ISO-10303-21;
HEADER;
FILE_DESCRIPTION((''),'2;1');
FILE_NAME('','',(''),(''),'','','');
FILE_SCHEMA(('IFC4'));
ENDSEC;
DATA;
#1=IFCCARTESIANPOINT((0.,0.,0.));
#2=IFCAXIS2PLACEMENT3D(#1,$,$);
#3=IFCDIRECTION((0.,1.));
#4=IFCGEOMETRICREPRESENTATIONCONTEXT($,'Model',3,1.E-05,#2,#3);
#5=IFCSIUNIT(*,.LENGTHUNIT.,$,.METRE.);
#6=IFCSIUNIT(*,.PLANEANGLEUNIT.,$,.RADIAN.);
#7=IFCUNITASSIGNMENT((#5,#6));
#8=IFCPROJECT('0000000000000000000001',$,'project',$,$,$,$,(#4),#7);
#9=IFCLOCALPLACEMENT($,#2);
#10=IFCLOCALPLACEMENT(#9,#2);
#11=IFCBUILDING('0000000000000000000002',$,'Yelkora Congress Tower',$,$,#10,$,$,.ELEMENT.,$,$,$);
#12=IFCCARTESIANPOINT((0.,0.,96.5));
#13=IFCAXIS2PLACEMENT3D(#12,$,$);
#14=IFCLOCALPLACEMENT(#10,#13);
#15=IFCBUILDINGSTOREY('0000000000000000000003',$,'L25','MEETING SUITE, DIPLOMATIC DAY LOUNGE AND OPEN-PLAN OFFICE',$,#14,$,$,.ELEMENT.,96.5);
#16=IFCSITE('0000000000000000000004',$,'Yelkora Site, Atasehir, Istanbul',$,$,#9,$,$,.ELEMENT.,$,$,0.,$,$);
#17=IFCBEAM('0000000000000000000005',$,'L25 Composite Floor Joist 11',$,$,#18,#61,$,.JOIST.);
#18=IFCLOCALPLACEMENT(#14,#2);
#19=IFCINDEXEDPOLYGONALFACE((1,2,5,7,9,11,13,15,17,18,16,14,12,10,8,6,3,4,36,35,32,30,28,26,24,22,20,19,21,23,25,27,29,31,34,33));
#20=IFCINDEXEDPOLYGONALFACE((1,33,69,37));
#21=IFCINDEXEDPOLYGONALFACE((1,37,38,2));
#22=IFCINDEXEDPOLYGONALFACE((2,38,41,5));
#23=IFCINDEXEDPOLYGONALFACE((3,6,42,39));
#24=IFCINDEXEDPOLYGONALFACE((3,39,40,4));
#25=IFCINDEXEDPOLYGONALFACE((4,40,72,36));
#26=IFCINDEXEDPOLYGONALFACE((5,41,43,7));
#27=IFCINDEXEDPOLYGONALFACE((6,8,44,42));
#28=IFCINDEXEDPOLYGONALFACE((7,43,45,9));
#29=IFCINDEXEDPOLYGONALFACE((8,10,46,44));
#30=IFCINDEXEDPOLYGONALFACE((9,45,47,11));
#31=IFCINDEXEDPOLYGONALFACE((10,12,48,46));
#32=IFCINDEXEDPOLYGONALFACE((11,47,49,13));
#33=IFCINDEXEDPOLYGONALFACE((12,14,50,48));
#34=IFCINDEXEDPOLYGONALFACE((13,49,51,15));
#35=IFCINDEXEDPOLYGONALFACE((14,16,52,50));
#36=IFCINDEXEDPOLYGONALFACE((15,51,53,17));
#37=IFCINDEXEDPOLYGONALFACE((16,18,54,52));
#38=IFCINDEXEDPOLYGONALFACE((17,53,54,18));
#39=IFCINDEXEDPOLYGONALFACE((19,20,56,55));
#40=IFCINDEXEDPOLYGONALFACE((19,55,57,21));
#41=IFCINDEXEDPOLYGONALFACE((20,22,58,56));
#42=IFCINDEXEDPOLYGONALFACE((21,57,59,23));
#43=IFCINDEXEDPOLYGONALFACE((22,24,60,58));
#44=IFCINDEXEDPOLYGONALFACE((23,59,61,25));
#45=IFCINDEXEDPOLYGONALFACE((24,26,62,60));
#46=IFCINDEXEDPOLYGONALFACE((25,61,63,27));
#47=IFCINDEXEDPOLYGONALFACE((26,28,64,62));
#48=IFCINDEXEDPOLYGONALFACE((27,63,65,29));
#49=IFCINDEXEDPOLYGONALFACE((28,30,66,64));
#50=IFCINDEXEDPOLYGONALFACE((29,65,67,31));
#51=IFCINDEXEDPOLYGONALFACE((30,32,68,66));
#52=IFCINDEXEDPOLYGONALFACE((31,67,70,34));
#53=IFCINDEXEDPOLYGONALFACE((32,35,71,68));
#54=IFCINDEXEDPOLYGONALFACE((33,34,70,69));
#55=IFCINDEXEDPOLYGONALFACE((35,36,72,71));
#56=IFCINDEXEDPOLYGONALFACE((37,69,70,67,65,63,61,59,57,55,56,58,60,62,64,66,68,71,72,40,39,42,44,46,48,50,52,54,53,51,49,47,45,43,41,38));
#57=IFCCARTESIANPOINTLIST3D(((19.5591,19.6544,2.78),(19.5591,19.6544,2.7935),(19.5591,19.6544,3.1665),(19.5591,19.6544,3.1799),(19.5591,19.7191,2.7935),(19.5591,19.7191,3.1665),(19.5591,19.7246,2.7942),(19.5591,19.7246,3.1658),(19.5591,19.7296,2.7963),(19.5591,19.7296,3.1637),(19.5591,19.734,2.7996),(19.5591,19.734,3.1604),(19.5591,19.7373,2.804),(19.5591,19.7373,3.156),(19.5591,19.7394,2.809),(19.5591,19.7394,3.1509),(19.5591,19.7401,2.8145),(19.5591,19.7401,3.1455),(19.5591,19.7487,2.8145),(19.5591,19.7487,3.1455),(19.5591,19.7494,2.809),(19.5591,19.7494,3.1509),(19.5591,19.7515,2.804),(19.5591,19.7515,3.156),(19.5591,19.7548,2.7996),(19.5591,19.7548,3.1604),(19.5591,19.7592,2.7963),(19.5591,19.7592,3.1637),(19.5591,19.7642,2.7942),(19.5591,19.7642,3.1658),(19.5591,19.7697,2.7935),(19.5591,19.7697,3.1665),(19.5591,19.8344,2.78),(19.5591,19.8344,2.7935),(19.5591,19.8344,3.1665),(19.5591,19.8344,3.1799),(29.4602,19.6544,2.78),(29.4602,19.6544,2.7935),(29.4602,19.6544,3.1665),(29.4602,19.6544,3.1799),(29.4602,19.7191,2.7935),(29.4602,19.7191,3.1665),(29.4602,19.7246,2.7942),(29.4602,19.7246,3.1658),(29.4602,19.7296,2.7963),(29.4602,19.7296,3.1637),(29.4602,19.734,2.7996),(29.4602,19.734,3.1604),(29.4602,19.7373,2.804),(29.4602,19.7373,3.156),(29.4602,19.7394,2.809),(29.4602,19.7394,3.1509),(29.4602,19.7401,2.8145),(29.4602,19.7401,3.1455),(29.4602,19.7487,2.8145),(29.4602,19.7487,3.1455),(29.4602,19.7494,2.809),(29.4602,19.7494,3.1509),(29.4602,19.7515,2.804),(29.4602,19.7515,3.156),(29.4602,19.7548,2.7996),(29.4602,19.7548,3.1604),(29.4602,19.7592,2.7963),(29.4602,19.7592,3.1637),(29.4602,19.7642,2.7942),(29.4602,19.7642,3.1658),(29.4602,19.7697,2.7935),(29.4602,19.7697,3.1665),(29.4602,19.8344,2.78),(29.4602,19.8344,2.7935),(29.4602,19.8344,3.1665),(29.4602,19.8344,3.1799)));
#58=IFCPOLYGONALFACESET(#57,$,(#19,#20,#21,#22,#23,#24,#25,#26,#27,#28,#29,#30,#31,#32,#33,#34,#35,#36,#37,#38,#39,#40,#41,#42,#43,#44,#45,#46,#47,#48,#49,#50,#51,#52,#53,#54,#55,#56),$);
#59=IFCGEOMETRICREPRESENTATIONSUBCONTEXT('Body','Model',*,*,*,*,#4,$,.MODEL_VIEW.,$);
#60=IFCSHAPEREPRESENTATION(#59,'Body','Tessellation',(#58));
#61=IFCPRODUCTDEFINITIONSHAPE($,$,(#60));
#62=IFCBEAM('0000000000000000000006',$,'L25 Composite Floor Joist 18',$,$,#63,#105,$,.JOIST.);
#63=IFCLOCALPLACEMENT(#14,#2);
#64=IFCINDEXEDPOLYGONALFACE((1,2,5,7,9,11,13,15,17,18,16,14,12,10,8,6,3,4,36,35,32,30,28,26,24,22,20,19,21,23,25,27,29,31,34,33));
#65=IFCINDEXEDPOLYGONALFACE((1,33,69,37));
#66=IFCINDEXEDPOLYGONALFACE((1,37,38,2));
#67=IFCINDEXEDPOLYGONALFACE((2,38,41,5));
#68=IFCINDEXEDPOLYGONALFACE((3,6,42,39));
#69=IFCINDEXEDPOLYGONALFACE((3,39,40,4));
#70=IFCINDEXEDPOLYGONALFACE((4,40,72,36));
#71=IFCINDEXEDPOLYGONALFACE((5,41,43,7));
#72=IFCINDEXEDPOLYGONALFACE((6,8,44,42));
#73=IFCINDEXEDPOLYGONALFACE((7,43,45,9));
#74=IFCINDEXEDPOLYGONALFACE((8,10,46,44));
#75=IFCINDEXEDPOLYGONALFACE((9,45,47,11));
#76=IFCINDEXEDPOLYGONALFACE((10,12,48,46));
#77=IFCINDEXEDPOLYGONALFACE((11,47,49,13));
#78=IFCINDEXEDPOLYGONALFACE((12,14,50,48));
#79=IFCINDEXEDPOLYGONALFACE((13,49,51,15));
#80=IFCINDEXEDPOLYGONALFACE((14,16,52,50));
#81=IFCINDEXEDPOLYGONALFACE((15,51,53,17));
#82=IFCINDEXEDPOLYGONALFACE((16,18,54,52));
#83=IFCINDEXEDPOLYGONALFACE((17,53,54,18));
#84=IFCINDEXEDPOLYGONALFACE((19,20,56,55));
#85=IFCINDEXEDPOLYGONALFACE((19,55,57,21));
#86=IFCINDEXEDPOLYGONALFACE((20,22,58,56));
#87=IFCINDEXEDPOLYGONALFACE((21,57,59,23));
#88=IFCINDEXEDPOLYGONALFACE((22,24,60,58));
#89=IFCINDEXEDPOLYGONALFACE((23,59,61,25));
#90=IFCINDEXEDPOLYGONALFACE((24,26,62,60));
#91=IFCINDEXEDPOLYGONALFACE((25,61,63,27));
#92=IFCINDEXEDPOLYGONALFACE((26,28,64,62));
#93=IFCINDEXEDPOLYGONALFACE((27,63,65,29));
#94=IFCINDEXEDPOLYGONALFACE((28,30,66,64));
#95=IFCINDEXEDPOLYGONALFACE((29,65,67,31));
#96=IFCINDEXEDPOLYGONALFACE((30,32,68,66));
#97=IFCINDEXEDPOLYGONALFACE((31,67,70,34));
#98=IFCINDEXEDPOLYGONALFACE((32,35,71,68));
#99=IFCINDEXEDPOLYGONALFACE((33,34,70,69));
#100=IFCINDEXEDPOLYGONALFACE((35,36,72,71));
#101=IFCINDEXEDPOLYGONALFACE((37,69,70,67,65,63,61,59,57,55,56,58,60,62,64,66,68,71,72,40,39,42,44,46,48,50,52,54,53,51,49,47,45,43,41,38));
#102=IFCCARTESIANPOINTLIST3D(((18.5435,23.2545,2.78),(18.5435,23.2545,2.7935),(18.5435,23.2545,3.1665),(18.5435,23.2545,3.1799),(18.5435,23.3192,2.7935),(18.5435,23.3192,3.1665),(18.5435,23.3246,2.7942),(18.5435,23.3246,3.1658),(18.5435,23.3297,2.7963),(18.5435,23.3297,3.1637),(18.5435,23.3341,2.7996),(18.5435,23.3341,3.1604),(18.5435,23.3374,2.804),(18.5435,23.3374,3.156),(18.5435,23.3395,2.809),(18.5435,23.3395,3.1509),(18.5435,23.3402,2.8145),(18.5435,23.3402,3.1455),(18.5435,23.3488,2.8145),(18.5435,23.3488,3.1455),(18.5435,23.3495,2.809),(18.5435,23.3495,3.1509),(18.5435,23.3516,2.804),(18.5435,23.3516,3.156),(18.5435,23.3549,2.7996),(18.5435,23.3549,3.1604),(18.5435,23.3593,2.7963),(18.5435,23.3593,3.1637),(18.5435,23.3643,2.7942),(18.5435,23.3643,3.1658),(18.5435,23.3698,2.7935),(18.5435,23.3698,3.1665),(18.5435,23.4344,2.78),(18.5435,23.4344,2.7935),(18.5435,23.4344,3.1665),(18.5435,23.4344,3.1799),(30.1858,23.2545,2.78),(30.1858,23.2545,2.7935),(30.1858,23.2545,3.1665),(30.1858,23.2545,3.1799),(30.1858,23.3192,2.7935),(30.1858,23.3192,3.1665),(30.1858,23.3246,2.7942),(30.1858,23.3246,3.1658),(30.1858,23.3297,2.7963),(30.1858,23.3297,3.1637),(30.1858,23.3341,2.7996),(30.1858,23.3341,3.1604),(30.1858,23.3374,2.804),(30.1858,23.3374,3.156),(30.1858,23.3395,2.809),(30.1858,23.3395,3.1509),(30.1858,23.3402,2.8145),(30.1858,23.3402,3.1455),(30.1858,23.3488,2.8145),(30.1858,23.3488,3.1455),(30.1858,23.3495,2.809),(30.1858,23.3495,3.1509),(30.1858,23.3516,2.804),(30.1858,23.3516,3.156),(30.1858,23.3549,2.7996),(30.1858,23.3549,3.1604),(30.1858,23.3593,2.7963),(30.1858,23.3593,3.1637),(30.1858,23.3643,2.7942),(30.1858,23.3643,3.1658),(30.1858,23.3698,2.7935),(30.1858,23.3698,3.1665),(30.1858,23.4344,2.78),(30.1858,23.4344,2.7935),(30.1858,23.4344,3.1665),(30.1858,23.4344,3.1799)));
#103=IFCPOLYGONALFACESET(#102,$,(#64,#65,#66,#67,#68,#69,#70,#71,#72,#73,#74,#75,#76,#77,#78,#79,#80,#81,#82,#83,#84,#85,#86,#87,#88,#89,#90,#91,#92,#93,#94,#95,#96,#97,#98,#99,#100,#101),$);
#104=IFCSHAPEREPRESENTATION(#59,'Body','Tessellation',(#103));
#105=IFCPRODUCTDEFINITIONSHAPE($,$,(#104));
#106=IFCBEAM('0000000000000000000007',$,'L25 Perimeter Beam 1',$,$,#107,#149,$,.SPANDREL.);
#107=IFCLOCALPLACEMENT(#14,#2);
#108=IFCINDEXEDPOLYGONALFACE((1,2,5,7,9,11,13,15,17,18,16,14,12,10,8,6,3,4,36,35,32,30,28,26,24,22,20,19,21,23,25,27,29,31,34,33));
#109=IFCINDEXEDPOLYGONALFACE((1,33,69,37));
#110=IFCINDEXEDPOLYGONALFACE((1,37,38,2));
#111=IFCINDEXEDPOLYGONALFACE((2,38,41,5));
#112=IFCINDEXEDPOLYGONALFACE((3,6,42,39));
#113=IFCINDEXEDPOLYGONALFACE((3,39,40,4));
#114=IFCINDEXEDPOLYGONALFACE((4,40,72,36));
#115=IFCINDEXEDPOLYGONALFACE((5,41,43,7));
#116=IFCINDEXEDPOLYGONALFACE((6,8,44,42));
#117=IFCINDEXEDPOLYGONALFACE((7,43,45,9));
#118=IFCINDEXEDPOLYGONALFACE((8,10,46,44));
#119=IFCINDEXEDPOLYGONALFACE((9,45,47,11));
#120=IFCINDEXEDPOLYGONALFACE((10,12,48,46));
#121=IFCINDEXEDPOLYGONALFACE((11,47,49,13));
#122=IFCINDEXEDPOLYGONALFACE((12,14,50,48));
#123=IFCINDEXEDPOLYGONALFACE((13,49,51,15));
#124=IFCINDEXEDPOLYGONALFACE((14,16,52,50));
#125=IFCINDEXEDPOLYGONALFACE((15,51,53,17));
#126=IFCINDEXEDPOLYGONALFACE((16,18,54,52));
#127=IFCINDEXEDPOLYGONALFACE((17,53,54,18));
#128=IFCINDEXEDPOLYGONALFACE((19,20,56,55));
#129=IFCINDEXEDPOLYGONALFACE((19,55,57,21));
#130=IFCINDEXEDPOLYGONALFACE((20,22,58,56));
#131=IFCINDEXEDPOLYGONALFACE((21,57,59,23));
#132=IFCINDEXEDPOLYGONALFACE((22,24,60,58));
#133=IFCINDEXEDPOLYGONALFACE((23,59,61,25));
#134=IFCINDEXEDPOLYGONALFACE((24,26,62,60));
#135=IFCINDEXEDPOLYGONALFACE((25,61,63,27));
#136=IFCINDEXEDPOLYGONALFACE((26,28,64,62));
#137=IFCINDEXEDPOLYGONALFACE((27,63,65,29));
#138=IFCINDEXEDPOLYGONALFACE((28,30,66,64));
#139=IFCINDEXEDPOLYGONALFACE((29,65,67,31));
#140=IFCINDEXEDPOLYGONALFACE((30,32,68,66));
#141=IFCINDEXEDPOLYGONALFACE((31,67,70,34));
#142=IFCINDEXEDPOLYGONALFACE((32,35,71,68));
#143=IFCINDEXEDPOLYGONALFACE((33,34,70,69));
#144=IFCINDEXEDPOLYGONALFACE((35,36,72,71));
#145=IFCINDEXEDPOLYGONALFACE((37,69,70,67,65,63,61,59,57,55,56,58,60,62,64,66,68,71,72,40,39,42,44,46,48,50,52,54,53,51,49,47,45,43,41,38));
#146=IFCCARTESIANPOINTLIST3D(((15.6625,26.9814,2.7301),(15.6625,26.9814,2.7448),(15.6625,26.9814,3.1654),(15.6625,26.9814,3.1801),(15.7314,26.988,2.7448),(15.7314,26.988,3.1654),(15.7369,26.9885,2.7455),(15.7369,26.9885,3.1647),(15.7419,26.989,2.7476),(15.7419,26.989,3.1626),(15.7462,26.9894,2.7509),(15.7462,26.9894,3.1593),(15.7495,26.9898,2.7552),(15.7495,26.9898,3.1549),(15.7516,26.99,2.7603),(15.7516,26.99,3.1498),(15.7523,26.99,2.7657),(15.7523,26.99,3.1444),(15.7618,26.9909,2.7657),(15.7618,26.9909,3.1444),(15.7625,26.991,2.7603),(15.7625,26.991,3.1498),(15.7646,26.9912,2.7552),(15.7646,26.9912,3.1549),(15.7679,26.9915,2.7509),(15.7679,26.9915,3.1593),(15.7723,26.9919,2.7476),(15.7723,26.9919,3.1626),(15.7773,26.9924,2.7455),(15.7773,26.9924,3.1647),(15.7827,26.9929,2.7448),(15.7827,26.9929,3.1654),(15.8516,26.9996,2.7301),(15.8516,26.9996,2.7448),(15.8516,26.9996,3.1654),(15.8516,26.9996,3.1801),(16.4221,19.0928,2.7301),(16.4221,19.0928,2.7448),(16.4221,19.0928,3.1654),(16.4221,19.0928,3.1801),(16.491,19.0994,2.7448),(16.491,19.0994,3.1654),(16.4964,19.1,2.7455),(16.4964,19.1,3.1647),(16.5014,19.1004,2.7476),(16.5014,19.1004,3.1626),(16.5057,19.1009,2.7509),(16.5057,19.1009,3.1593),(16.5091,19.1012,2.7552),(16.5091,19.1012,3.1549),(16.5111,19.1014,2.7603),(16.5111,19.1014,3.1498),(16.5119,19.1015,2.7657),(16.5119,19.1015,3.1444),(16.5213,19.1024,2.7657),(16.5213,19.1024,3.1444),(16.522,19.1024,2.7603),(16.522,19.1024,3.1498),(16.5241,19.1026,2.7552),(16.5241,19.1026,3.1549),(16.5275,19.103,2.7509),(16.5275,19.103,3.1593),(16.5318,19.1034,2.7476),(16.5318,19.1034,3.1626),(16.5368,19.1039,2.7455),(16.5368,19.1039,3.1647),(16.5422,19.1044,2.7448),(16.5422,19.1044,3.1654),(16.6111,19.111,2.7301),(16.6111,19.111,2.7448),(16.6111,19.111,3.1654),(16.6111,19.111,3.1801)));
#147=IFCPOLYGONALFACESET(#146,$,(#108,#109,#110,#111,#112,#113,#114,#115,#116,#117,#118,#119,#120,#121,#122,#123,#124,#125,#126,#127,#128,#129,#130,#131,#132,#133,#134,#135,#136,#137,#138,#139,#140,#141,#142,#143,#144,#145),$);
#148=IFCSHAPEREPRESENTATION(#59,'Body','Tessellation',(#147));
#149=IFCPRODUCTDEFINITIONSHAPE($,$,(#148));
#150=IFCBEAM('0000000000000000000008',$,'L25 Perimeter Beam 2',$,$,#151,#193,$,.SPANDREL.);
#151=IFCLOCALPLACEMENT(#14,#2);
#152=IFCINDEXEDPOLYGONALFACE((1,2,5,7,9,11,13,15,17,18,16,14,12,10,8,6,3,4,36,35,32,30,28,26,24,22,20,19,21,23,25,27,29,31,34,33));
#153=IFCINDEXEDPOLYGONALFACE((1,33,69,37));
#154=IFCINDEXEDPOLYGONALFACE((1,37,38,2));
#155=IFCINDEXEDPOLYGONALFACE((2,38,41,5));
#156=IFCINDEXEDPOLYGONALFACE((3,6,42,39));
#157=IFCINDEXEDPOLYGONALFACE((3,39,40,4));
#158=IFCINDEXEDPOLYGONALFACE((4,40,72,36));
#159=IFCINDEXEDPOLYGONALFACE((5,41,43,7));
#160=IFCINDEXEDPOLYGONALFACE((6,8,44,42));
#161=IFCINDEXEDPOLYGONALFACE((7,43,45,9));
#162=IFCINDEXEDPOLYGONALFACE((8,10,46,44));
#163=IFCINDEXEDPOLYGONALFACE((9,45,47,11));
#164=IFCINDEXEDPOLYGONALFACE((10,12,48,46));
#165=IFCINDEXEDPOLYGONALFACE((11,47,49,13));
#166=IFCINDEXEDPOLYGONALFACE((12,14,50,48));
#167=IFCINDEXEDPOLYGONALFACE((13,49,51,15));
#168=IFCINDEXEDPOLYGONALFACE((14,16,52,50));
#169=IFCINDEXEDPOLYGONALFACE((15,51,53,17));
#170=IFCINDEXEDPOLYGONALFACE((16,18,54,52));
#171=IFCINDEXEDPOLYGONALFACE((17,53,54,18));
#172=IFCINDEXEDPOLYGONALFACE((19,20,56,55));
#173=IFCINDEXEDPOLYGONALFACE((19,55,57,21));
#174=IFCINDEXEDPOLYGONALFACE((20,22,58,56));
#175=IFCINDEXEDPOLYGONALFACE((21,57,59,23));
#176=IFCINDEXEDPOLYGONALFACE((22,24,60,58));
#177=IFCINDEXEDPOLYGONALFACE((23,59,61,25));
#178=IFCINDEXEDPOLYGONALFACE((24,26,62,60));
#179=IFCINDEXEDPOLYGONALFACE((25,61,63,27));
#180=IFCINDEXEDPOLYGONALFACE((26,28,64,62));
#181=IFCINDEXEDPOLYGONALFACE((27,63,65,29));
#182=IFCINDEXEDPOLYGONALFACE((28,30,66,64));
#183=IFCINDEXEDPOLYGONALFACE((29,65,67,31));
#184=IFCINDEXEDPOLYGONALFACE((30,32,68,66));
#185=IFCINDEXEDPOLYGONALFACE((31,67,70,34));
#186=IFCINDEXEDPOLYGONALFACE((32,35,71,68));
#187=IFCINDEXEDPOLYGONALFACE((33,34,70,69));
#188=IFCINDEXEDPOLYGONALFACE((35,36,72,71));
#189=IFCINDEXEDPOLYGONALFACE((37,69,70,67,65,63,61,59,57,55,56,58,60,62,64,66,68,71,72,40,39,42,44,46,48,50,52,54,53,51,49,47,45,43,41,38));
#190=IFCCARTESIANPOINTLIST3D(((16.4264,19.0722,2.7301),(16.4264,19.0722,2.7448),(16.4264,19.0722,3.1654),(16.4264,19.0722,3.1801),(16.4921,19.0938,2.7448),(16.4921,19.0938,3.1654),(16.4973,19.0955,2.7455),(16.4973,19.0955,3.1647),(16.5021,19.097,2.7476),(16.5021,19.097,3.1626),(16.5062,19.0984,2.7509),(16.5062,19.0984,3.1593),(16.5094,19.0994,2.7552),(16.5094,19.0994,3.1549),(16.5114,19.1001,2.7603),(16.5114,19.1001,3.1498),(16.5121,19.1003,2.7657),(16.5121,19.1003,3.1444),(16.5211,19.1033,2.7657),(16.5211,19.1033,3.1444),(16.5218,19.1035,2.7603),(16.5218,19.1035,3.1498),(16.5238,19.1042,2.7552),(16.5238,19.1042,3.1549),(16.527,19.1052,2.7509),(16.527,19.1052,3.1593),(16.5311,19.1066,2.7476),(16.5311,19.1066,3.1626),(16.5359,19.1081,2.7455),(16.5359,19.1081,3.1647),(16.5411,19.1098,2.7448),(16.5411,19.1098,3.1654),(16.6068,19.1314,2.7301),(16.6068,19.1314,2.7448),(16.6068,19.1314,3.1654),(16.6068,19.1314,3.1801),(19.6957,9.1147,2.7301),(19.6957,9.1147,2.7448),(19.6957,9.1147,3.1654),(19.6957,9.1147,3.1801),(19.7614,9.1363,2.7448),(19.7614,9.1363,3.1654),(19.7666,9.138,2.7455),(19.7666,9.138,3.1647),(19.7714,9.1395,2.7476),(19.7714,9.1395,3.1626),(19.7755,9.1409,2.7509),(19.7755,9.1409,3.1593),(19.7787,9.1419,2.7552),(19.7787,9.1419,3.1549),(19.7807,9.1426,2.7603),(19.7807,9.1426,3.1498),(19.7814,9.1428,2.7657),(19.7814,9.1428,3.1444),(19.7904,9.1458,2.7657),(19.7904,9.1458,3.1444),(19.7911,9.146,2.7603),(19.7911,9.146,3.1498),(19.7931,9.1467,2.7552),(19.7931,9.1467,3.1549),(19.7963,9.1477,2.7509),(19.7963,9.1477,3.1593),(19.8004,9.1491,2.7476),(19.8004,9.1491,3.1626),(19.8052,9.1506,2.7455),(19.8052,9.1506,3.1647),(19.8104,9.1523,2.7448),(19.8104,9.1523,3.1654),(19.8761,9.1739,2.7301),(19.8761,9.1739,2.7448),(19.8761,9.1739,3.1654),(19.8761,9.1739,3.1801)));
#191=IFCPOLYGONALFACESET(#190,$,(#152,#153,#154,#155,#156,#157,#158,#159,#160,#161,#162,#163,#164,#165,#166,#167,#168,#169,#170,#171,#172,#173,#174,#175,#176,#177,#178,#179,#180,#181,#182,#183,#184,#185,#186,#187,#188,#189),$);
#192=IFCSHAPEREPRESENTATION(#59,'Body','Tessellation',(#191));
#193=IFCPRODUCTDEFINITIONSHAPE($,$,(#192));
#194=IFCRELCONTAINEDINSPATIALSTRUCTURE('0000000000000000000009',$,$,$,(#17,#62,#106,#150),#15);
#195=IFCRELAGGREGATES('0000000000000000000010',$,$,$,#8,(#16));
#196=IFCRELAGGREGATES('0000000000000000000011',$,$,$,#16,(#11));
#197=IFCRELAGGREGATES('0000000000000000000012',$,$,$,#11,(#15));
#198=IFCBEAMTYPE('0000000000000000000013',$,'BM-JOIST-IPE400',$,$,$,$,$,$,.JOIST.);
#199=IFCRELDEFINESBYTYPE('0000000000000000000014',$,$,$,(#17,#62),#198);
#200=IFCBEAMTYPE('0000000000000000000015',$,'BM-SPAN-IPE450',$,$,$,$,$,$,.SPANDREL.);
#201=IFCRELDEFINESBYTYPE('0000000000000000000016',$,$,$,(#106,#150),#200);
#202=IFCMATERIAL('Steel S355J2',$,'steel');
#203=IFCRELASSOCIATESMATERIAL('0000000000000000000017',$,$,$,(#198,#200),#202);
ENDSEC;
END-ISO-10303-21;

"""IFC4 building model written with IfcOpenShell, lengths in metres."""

from ifc_helpers import new_model, si_unit, direction, frame, origin, origin_2d, place, context, subcontext, project, spatial, i_section, extrude, material, material_profile, profile_set, type_object, element, save


model = new_model("IFC4")

# Units and contexts
model_context = context("Model", 3, precision=1e-05, world=origin(), true_north=direction((0.0, 1.0)))
body_context = subcontext(model_context, "Body", "Model", "MODEL_VIEW")
ifc_project = project(units=[si_unit("LENGTHUNIT", "METRE"), si_unit("PLANEANGLEUNIT", "RADIAN")], contexts=[model_context])

# Site, building, storey
site_placement = place(None, origin())
site = spatial("IfcSite", under=ifc_project, at=site_placement, Name="Yelkora Site, Atasehir, Istanbul", CompositionType="ELEMENT", RefElevation=0.0)
building_placement = place(site_placement, origin())
building = spatial("IfcBuilding", under=site, at=building_placement, Name="Yelkora Congress Tower", CompositionType="ELEMENT")
storey_placement = place(building_placement, frame((0.0, 0.0, 96.5)))
storey = spatial("IfcBuildingStorey", under=building, at=storey_placement, Name="L25", Description="MEETING SUITE, DIPLOMATIC DAY LOUNGE AND OPEN-PLAN OFFICE", CompositionType="ELEMENT", Elevation=96.5)

# Beams
ifc_material_1 = material(Name="Steel S355J2", Category="steel")
ifc_material_profile_1 = material_profile(ifc_material_1, i_section(OverallWidth=0.1799, OverallDepth=0.3999, WebThickness=0.0085, FlangeThickness=0.0134, FilletRadius=0.021, at=origin_2d()), Name="IPE 400")
ifc_profile_set_1 = profile_set([ifc_material_profile_1], Name="Steel S355J2")
beam_type_1 = type_object("IfcBeamType", Name="BM-JOIST-IPE400", PredefinedType="JOIST", material=ifc_profile_set_1)
beam_1_placement = place(storey_placement, frame((19.5591, 19.7444, 2.98), z_axis=(1.0, 0.0, 0.0), x_axis=(0.0, 1.0, 0.0)))
element("IfcBeam", 1, at=beam_1_placement, inside=storey, type_object=beam_type_1, Name="L25 Composite Floor Joist 11", PredefinedType="JOIST", context=body_context, shape_type="SweptSolid", body=[
    extrude(i_section(OverallWidth=0.1799, OverallDepth=0.3999, WebThickness=0.0085, FlangeThickness=0.0134, FilletRadius=0.021, at=origin_2d()), origin(), (0.0, 0.0, 1.0), 9.9011),
])
beam_2_placement = place(storey_placement, frame((18.5435, 23.3445, 2.98), z_axis=(1.0, 0.0, 0.0), x_axis=(0.0, 1.0, 0.0)))
element("IfcBeam", 2, at=beam_2_placement, inside=storey, type_object=beam_type_1, Name="L25 Composite Floor Joist 18", PredefinedType="JOIST", context=body_context, shape_type="SweptSolid", body=[
    extrude(i_section(OverallWidth=0.1799, OverallDepth=0.3999, WebThickness=0.0085, FlangeThickness=0.0134, FilletRadius=0.021, at=origin_2d()), origin(), (0.0, 0.0, 1.0), 11.6423),
])
ifc_material_profile_2 = material_profile(ifc_material_1, i_section(OverallWidth=0.1899, OverallDepth=0.45, WebThickness=0.0095, FlangeThickness=0.0146, FilletRadius=0.021, at=origin_2d()), Name="IPE 450")
ifc_profile_set_2 = profile_set([ifc_material_profile_2], Name="Steel S355J2")
beam_type_2 = type_object("IfcBeamType", Name="BM-SPAN-IPE450", PredefinedType="SPANDREL", material=ifc_profile_set_2)
beam_3_placement = place(storey_placement, frame((15.7571, 26.9905, 2.9551), z_axis=(0.095837, -0.995397, 0.0), x_axis=(0.995397, 0.095837, 0.0)))
element("IfcBeam", 3, at=beam_3_placement, inside=storey, type_object=beam_type_2, Name="L25 Perimeter Beam 1", PredefinedType="SPANDREL", context=body_context, shape_type="SweptSolid", body=[
    extrude(i_section(OverallWidth=0.1899, OverallDepth=0.45, WebThickness=0.0095, FlangeThickness=0.0146, FilletRadius=0.021, at=origin_2d()), origin(), (0.0, 0.0, 1.0), 7.925),
])
beam_4_placement = place(storey_placement, frame((16.5166, 19.1018, 2.9551), z_axis=(0.311941, -0.950102, 0.0), x_axis=(0.950102, 0.311941, 0.0)))
element("IfcBeam", 4, at=beam_4_placement, inside=storey, type_object=beam_type_2, Name="L25 Perimeter Beam 2", PredefinedType="SPANDREL", context=body_context, shape_type="SweptSolid", body=[
    extrude(i_section(OverallWidth=0.1899, OverallDepth=0.45, WebThickness=0.0095, FlangeThickness=0.0146, FilletRadius=0.021, at=origin_2d()), origin(), (0.0, 0.0, 1.0), 10.4805),
])

save(model, "model.ifc")
